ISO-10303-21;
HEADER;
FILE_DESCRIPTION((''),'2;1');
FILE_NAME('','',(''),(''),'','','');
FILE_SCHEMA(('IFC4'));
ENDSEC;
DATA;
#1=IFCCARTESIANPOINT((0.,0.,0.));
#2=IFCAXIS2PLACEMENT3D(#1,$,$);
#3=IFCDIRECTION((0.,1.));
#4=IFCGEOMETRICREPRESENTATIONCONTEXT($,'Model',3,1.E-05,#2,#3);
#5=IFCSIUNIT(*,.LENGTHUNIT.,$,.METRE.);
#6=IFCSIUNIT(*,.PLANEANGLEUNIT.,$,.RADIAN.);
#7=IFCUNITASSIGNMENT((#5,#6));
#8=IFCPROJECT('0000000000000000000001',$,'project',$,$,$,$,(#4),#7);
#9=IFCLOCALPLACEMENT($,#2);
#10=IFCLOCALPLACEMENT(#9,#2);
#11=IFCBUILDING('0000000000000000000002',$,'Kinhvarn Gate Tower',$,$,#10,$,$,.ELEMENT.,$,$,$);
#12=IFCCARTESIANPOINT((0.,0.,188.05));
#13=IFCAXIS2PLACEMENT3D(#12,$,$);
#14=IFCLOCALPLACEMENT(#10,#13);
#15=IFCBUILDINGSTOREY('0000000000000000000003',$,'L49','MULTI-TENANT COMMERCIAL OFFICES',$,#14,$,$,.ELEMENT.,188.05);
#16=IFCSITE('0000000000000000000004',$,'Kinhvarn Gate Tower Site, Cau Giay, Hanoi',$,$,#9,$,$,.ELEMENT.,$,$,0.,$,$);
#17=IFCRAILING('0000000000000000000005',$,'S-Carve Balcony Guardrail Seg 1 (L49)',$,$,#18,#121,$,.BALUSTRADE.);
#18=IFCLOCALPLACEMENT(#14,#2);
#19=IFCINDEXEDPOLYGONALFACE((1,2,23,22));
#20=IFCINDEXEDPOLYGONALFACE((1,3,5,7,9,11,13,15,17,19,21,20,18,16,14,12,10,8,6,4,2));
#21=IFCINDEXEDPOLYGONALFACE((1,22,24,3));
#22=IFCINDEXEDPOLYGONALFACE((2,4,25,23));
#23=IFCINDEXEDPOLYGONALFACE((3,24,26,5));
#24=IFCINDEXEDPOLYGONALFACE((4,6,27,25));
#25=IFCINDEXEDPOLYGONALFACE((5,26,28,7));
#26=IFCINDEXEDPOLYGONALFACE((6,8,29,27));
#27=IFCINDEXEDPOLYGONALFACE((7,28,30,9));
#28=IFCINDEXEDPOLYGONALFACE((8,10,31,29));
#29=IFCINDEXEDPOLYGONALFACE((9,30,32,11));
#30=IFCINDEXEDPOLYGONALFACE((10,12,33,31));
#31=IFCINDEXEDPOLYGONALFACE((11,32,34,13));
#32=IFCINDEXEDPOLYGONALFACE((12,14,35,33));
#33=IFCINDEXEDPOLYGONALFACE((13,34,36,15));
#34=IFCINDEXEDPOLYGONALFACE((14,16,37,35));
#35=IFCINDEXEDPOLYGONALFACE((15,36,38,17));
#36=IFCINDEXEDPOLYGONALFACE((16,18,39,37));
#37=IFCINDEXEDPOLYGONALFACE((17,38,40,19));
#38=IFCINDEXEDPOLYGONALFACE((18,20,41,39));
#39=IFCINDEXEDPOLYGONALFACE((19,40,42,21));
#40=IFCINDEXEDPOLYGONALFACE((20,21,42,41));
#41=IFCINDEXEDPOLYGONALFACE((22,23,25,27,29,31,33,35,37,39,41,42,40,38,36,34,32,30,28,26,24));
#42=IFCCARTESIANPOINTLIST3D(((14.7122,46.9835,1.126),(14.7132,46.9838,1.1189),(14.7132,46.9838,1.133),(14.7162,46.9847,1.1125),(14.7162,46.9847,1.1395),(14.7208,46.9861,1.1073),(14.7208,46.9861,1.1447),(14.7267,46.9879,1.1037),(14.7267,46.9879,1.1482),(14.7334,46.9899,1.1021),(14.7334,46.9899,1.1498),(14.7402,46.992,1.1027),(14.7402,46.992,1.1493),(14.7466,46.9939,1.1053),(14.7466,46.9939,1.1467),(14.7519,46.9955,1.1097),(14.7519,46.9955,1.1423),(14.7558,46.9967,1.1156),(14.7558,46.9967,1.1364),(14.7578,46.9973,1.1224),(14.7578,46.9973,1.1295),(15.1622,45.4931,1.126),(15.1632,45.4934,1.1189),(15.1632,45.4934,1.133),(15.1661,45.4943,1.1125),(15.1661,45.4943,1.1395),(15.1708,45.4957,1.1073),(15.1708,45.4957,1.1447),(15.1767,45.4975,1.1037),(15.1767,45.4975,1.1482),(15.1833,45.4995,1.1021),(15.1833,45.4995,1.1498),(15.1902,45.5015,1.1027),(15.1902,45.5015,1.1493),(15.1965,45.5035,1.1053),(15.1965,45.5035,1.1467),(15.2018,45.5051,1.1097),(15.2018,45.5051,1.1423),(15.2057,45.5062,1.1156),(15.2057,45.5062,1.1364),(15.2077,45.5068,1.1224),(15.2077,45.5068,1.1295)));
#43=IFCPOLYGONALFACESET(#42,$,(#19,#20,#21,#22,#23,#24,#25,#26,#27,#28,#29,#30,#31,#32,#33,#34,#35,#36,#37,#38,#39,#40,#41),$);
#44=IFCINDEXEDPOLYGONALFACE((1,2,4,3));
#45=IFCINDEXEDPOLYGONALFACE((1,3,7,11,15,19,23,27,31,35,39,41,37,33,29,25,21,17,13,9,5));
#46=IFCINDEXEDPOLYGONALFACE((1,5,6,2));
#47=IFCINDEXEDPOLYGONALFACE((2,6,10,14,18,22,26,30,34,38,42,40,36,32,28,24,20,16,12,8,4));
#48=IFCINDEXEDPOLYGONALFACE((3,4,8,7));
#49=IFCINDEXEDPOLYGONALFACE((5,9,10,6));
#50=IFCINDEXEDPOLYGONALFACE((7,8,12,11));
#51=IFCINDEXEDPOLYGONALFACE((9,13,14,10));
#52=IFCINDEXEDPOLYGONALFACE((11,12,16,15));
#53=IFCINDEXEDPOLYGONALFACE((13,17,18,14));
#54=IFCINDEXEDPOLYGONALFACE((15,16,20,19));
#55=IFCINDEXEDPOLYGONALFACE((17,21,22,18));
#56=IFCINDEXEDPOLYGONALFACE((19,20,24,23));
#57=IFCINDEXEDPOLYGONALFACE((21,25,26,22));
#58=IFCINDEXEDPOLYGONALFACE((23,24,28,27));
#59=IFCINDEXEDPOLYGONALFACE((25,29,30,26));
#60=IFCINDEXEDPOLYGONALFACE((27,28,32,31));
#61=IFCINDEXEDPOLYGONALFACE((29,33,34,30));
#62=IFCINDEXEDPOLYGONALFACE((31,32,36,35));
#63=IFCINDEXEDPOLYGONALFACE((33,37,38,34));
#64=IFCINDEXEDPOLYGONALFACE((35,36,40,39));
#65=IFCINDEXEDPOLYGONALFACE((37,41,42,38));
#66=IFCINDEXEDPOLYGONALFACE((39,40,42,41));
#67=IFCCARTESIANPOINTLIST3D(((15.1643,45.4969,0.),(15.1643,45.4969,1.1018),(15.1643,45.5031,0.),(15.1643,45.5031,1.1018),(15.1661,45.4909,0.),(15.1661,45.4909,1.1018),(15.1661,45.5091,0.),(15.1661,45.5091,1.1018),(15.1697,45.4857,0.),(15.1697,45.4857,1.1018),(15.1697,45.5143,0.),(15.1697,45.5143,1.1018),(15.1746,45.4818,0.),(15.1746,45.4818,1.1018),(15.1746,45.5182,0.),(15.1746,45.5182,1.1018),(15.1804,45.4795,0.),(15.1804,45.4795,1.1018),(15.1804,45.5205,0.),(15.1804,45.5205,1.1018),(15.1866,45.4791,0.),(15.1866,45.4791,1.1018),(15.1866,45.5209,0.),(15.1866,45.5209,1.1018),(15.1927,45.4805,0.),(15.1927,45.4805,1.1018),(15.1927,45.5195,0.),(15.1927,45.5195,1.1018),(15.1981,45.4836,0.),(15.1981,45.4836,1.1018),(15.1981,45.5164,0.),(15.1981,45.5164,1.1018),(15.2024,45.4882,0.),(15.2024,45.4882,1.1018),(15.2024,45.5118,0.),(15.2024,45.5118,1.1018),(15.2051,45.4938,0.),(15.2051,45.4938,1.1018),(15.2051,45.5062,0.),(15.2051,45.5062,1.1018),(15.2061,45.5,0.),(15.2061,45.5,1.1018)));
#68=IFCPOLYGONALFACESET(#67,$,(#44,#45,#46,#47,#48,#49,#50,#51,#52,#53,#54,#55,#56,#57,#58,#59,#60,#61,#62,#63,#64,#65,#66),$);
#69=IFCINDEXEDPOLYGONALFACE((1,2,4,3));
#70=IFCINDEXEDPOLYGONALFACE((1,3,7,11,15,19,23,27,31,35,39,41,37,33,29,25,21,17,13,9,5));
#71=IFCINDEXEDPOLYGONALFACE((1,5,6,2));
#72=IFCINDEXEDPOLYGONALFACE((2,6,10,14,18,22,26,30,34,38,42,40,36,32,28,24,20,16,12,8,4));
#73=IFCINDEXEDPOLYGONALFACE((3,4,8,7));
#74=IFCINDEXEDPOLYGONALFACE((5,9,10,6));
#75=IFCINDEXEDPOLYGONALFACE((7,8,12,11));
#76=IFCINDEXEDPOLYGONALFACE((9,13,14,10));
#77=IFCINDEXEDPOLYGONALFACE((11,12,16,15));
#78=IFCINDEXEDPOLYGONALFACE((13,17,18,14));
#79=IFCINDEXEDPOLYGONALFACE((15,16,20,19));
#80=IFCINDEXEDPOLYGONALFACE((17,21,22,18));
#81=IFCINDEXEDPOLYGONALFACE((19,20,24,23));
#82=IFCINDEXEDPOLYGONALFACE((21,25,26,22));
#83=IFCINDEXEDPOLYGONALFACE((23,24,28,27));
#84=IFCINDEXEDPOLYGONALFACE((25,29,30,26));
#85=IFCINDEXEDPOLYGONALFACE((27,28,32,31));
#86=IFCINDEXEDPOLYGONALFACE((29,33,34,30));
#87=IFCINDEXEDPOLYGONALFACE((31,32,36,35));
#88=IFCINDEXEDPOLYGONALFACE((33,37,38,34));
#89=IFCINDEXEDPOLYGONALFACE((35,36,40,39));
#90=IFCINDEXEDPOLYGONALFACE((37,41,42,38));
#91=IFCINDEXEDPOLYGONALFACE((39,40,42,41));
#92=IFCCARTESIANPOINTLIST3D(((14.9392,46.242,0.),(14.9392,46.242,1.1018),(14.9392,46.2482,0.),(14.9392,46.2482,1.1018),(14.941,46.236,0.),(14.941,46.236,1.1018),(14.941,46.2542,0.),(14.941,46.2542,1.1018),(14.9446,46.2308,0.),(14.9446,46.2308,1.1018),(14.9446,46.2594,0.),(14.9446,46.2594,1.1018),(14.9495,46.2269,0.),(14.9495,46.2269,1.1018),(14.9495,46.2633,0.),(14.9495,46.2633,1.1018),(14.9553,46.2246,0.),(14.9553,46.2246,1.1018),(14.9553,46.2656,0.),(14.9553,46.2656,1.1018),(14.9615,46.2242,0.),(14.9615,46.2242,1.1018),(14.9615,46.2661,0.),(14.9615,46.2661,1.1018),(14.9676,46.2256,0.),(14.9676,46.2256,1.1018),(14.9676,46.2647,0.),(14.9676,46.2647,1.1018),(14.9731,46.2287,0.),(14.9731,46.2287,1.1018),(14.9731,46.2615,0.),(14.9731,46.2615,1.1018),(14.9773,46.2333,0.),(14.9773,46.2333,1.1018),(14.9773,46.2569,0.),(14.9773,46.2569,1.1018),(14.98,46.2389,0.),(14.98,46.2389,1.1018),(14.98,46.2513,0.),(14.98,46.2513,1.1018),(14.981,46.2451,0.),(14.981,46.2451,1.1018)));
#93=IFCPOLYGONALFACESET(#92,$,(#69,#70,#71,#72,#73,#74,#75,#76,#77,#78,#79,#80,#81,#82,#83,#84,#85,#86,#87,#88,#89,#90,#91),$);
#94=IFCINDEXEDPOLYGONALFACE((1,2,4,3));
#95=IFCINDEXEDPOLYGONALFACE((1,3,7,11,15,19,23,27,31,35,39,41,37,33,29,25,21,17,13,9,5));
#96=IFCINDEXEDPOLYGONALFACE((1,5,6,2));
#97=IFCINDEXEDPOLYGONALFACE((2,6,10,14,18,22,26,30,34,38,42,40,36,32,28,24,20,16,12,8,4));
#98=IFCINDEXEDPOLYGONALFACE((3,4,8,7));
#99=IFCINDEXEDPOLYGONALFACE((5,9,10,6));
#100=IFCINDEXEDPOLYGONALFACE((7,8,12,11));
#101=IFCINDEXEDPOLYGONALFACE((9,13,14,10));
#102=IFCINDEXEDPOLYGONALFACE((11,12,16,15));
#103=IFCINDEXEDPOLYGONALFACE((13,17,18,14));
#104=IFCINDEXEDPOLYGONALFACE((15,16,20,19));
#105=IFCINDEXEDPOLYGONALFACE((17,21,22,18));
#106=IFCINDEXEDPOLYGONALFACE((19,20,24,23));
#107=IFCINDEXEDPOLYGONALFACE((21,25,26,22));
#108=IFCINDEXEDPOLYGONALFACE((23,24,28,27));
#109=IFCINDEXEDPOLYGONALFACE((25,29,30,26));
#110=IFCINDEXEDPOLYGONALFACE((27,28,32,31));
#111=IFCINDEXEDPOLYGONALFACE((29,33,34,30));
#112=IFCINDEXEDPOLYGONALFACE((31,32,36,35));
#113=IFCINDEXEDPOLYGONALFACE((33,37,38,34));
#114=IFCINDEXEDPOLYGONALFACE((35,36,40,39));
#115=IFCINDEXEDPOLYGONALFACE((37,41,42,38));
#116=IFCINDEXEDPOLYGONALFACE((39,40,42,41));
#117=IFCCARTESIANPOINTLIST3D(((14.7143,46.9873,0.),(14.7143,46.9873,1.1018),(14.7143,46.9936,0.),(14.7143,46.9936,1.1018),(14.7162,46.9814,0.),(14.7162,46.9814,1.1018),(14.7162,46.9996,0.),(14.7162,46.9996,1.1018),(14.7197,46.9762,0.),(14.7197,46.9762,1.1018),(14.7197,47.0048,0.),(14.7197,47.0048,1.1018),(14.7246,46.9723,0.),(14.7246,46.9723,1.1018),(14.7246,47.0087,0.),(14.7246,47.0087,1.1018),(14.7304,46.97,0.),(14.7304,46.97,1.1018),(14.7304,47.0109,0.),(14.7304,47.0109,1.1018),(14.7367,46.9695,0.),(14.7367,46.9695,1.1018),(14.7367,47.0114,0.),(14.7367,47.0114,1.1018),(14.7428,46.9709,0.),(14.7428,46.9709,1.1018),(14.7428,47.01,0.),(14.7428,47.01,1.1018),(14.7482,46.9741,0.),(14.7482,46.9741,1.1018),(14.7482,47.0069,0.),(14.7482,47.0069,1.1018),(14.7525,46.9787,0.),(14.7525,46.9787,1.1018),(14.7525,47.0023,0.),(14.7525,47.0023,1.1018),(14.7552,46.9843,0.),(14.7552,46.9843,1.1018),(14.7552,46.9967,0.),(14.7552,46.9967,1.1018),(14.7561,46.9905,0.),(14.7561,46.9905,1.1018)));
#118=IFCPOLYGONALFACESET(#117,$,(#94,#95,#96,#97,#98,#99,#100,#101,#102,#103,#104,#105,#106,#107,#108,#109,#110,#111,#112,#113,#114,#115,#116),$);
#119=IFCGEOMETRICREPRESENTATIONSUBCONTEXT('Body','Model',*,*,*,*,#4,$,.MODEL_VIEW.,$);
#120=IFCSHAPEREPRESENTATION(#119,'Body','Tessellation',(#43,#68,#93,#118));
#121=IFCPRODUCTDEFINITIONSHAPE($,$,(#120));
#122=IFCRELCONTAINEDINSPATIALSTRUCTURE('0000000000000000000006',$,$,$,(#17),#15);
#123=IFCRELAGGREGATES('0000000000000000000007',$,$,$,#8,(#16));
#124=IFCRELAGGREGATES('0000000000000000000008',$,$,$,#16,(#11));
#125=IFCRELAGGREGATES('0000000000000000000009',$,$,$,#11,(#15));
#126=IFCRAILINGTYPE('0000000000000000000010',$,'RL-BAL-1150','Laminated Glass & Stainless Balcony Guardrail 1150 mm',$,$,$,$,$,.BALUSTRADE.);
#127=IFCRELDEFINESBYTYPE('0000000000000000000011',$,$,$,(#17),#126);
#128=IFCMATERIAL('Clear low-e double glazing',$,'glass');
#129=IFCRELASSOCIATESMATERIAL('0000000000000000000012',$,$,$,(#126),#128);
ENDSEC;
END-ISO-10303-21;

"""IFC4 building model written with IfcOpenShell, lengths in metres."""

from ifc_helpers import new_model, si_unit, direction, frame, origin, origin_2d, place, context, subcontext, project, spatial, circle, extrude, material, type_object, element, save


model = new_model("IFC4")

# Units and contexts
model_context = context("Model", 3, precision=1e-05, world=origin(), true_north=direction((0.0, 1.0)))
body_context = subcontext(model_context, "Body", "Model", "MODEL_VIEW")
ifc_project = project(units=[si_unit("LENGTHUNIT", "METRE"), si_unit("PLANEANGLEUNIT", "RADIAN")], contexts=[model_context])

# Site, building, storey
site_placement = place(None, origin())
site = spatial("IfcSite", under=ifc_project, at=site_placement, Name="Kinhvarn Gate Tower Site, Cau Giay, Hanoi", CompositionType="ELEMENT", RefElevation=0.0)
building_placement = place(site_placement, origin())
building = spatial("IfcBuilding", under=site, at=building_placement, Name="Kinhvarn Gate Tower", CompositionType="ELEMENT")
storey_placement = place(building_placement, frame((0.0, 0.0, 188.05)))
storey = spatial("IfcBuildingStorey", under=building, at=storey_placement, Name="L49", Description="MULTI-TENANT COMMERCIAL OFFICES", CompositionType="ELEMENT", Elevation=188.05)

# Shared definitions
ifc_material_1 = material(Name="Clear low-e double glazing", Category="glass")

# Railing
railing_type_1 = type_object("IfcRailingType", Name="RL-BAL-1150", Description="Laminated Glass & Stainless Balcony Guardrail 1150 mm", PredefinedType="BALUSTRADE", material=ifc_material_1)
railing_1_placement = place(storey_placement, frame((15.1851, 45.5, 0.0)))
element("IfcRailing", 1, at=railing_1_placement, inside=storey, type_object=railing_type_1, Name="S-Carve Balcony Guardrail Seg 1 (L49)", PredefinedType="BALUSTRADE", context=body_context, shape_type="SweptSolid", body=[
    extrude(circle(Radius=0.0239, at=origin_2d()), frame((0.0, 0.0, 1.126), z_axis=(-0.289002, 0.957329, 0.0), x_axis=(-0.957329, -0.289002, 0.0)), (0.0, 0.0, 1.0), 1.5569),
    extrude(circle(Radius=0.021, at=origin_2d()), origin(), (0.0, 0.0, 1.0), 1.1018),
    extrude(circle(Radius=0.021, at=origin_2d()), frame((-0.2251, 0.7451, 0.0)), (0.0, 0.0, 1.0), 1.1018),
    extrude(circle(Radius=0.021, at=origin_2d()), frame((-0.45, 1.4905, 0.0)), (0.0, 0.0, 1.0), 1.1018),
])

save(model, "model.ifc")
